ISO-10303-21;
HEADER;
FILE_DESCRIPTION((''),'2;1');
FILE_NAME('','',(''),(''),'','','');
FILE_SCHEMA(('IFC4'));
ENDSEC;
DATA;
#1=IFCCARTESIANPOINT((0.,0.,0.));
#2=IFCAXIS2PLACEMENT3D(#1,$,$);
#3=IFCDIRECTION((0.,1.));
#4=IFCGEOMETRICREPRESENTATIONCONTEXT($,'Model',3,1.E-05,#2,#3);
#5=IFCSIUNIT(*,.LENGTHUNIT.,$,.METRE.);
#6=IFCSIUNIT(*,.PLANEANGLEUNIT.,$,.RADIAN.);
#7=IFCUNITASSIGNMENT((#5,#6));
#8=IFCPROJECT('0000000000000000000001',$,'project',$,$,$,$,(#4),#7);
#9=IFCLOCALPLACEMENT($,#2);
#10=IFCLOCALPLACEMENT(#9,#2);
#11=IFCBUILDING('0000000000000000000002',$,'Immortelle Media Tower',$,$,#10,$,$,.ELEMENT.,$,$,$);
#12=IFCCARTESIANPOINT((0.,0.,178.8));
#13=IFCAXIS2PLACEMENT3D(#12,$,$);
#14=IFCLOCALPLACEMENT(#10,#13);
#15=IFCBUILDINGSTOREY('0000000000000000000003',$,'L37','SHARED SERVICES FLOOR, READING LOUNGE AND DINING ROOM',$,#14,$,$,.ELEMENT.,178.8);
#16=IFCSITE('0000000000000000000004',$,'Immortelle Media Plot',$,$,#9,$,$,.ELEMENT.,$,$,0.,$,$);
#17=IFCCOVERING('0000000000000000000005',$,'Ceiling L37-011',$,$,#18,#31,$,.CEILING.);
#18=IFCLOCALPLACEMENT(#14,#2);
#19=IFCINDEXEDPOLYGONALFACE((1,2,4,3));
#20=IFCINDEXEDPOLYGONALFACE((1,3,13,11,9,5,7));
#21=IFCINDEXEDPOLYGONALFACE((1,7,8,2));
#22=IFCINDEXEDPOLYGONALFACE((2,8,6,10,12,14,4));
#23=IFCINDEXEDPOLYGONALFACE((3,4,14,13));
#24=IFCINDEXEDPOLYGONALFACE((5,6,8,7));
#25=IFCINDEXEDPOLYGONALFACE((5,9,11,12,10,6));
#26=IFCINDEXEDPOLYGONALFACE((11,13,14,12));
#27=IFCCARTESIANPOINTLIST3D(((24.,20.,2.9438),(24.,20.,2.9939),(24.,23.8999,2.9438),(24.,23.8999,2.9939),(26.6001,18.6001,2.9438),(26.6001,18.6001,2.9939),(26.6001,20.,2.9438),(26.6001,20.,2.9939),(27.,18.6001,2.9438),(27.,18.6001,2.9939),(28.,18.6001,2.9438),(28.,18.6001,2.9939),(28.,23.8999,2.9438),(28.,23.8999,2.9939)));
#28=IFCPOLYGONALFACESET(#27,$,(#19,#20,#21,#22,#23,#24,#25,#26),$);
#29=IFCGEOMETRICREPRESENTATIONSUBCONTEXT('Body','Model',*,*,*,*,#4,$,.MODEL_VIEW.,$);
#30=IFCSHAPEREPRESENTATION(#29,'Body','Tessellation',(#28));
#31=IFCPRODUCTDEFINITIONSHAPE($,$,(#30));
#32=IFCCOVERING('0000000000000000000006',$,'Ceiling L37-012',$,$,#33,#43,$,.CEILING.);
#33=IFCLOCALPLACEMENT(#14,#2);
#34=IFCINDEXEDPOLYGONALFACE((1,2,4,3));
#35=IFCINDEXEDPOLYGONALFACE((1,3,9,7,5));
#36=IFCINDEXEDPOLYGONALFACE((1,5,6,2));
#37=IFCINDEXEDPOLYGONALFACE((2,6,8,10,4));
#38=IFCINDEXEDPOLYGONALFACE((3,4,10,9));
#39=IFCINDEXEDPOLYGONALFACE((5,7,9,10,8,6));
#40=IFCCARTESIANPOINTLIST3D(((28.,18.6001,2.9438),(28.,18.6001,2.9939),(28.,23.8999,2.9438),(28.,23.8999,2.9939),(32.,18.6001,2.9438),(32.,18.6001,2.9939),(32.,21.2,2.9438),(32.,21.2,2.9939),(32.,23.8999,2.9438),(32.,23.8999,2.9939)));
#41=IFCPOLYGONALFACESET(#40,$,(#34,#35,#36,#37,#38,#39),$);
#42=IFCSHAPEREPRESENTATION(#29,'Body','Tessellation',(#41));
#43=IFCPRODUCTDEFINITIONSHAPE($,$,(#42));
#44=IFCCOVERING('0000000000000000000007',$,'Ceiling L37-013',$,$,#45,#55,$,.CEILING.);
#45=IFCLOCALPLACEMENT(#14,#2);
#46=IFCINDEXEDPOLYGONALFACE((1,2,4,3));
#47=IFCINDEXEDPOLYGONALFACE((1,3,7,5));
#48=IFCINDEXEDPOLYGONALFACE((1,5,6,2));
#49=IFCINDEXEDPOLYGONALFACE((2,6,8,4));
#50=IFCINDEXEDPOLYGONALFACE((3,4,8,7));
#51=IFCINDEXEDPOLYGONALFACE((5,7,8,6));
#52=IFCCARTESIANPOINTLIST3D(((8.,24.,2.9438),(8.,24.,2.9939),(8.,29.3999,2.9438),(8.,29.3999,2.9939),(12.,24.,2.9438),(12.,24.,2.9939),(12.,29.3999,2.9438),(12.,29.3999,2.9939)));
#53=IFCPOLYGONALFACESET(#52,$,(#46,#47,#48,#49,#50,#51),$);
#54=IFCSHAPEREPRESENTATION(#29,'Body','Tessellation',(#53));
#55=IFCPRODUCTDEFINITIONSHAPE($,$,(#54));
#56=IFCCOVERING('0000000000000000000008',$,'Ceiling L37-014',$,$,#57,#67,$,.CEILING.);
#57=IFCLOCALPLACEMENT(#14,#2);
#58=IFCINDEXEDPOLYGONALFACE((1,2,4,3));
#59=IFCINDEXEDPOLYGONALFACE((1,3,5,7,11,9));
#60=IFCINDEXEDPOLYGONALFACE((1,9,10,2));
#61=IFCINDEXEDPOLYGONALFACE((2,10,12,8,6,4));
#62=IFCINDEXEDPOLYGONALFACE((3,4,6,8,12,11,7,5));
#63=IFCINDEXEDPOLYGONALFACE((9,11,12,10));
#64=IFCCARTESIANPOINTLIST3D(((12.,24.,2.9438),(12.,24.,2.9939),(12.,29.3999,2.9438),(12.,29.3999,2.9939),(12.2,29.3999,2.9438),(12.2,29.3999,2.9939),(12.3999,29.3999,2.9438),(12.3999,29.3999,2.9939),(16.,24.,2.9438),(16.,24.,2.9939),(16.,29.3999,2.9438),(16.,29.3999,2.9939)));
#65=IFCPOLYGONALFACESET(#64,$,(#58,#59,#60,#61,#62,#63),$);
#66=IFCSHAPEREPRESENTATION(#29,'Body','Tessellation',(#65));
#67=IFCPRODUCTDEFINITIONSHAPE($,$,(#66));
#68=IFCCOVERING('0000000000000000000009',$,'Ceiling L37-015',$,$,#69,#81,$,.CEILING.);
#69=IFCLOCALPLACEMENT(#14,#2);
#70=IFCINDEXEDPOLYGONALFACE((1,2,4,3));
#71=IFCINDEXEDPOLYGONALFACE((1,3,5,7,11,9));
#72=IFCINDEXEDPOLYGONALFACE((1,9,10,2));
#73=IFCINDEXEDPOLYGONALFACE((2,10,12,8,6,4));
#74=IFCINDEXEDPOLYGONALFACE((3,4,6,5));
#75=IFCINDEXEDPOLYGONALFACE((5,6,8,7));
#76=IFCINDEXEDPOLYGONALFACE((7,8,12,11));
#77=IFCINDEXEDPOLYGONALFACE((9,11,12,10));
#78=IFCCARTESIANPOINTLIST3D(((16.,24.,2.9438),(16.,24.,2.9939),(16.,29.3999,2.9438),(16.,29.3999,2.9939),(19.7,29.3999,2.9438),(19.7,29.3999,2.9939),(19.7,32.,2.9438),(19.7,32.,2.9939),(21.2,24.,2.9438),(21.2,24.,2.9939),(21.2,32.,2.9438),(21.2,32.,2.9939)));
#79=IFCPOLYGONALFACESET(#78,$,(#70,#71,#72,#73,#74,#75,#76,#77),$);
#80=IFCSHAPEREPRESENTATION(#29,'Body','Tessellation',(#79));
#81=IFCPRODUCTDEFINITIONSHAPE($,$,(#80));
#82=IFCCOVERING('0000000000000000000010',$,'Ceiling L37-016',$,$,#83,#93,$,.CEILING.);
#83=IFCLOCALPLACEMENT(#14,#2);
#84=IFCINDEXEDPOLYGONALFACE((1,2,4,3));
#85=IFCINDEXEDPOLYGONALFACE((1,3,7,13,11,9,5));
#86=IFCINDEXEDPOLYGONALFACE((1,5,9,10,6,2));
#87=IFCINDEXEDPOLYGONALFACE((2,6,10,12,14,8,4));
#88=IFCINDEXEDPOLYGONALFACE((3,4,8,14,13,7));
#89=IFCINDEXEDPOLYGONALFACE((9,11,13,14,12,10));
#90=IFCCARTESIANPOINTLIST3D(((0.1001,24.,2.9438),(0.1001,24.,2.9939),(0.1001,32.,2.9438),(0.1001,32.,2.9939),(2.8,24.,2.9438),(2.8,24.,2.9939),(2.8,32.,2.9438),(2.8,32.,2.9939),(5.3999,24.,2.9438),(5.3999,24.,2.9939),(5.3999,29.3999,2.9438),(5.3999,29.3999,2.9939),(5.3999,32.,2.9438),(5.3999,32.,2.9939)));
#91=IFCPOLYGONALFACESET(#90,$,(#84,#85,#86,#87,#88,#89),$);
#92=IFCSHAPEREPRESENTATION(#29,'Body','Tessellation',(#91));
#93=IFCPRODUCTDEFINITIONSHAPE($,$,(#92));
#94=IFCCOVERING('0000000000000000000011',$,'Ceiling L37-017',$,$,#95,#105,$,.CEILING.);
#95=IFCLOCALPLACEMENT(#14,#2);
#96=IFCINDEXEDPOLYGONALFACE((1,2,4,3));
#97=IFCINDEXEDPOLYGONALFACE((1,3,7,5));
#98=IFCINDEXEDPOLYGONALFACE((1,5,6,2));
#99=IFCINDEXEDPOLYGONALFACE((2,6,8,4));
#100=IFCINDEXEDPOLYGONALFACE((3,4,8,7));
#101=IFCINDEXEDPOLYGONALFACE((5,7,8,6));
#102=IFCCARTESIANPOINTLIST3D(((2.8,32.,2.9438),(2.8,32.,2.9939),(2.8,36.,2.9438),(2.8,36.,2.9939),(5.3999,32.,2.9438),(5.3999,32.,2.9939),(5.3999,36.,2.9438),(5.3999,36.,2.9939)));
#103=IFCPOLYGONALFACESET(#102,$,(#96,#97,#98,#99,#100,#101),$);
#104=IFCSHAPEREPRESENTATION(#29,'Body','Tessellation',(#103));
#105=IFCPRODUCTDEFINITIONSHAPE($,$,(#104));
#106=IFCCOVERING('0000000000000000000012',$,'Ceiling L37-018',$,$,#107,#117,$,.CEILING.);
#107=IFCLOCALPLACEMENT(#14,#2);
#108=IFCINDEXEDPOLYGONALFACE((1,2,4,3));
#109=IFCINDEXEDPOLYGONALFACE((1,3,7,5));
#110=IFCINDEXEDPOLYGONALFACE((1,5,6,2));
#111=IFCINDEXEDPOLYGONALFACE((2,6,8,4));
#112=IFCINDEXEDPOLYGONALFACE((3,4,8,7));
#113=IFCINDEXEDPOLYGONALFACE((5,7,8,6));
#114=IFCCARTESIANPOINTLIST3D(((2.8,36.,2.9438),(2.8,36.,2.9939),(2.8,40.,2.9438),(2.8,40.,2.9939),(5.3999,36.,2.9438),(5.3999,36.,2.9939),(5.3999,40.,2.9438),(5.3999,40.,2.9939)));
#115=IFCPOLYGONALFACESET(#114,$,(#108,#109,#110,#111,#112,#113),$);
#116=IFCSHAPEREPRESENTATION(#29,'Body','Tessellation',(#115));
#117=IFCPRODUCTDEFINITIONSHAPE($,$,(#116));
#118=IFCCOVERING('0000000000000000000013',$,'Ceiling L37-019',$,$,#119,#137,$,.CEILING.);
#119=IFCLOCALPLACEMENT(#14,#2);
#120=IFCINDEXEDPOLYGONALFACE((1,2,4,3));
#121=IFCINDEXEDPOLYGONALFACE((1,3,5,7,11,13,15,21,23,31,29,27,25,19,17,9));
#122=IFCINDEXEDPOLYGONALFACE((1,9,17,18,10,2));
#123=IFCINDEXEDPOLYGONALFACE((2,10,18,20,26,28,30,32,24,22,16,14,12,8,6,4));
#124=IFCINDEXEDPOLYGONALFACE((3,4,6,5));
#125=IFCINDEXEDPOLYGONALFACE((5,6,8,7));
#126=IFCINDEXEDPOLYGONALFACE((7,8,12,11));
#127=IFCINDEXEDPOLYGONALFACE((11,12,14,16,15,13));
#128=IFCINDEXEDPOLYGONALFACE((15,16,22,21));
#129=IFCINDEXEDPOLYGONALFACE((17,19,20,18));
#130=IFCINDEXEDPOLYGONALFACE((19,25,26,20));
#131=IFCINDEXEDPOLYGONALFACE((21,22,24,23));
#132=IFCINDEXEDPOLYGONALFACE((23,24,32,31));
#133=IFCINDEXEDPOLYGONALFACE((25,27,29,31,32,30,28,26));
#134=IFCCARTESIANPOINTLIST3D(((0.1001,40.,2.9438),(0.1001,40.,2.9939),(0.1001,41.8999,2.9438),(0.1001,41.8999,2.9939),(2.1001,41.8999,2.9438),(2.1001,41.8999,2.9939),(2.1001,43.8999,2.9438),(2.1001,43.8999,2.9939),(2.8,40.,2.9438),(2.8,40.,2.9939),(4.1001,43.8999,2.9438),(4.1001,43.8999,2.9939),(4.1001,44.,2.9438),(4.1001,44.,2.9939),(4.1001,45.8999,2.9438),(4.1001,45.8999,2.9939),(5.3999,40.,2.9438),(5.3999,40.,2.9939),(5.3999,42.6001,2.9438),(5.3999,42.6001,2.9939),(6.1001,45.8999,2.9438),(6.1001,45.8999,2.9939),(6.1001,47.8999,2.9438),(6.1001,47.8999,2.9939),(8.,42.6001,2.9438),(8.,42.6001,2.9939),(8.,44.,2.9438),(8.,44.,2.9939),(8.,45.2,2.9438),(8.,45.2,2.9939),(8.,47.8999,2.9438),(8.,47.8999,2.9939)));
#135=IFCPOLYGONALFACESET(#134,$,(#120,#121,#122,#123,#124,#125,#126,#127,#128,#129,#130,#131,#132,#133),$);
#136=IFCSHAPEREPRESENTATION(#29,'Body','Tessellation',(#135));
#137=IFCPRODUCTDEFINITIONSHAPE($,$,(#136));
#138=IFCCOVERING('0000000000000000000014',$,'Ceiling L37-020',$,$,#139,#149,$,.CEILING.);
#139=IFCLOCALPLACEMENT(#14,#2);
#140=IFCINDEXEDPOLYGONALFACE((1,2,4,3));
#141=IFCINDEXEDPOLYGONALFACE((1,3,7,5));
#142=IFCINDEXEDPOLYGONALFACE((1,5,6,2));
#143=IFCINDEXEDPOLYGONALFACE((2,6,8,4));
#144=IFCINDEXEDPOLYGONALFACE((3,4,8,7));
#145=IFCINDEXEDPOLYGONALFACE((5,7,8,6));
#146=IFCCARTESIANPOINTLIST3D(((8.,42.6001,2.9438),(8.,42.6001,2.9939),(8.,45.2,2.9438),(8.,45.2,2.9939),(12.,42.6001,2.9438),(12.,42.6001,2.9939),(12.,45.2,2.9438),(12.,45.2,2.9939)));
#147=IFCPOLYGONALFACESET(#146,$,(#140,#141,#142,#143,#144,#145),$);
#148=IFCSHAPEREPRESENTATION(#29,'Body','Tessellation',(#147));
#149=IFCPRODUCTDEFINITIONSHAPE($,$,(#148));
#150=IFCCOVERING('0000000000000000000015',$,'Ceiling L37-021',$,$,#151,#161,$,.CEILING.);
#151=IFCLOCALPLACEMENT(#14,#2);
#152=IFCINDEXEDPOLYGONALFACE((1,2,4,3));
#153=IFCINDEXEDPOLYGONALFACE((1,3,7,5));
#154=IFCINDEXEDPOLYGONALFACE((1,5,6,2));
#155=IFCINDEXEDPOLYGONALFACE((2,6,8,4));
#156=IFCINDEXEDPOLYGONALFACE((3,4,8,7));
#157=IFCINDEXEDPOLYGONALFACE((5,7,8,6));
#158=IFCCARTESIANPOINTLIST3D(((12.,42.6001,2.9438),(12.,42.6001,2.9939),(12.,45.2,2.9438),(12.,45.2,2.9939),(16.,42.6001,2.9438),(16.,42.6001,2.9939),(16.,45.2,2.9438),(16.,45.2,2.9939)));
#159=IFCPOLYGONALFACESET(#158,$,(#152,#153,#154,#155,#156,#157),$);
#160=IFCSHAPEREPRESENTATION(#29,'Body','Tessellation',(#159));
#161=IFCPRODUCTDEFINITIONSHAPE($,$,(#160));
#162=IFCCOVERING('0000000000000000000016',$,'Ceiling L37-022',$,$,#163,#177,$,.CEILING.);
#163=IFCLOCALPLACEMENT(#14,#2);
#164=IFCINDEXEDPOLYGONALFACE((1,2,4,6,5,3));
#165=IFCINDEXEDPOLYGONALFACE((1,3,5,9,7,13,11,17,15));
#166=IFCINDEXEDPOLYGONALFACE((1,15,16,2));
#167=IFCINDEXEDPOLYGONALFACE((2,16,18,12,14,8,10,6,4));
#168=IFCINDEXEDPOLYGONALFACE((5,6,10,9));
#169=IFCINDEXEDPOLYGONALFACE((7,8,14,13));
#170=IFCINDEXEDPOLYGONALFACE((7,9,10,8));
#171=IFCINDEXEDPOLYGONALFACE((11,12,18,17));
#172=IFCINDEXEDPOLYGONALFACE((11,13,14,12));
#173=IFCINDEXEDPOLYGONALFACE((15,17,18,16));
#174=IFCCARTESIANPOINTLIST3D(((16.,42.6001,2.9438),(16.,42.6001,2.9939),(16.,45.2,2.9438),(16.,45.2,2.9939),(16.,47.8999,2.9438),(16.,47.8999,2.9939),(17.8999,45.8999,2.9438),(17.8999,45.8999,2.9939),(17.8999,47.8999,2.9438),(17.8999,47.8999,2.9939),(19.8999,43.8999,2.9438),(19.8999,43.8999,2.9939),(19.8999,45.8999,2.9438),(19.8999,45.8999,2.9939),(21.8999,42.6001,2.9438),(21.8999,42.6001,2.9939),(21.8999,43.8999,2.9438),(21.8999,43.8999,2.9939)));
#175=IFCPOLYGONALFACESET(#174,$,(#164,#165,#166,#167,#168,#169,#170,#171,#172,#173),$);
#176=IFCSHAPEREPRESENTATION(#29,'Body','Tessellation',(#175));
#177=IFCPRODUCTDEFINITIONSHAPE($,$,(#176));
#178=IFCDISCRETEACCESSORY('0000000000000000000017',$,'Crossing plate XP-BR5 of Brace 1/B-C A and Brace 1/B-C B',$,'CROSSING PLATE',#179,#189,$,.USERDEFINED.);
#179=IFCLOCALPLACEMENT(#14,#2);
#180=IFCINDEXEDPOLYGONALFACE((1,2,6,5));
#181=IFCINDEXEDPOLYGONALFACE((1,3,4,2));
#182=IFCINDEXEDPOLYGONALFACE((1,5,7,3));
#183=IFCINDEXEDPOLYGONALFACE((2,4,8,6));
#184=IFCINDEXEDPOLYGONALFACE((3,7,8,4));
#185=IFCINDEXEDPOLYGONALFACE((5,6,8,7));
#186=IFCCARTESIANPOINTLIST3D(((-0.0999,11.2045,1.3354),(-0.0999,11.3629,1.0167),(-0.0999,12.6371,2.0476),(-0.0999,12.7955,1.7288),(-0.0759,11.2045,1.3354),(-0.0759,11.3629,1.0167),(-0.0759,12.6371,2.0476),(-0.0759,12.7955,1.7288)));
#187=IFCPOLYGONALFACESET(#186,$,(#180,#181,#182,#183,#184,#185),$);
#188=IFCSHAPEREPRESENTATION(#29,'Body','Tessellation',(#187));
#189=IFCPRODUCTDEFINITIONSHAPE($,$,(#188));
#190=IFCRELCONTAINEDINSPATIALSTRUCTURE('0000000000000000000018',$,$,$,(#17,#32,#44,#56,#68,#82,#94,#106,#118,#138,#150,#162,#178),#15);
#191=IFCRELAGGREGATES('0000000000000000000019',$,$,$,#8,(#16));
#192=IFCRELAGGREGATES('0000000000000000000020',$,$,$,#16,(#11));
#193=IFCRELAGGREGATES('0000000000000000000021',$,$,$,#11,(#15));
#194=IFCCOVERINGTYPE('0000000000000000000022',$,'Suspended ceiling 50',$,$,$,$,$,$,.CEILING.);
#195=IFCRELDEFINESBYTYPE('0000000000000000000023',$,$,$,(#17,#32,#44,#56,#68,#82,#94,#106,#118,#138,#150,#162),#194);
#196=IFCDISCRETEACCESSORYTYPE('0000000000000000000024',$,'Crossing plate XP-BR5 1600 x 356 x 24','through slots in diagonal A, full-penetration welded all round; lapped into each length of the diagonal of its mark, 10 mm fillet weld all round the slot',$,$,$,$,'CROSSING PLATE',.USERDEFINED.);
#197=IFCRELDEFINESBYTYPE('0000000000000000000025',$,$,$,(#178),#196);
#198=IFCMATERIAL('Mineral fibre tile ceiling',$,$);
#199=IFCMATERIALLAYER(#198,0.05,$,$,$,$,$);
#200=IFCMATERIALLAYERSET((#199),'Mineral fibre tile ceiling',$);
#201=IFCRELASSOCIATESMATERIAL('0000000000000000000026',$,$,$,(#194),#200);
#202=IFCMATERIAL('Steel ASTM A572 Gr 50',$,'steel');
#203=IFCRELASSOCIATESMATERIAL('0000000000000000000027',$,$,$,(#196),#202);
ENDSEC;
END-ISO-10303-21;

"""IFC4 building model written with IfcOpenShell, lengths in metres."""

from ifc_helpers import new_model, si_unit, direction, frame, origin, origin_2d, place, context, subcontext, project, spatial, polyline, rectangle, outline, extrude, material, layer, layer_set, material_profile, profile_set, type_object, element, save


model = new_model("IFC4")

# Units and contexts
model_context = context("Model", 3, precision=1e-05, world=origin(), true_north=direction((0.0, 1.0)))
body_context = subcontext(model_context, "Body", "Model", "MODEL_VIEW")
ifc_project = project(units=[si_unit("LENGTHUNIT", "METRE"), si_unit("PLANEANGLEUNIT", "RADIAN")], contexts=[model_context])

# Site, building, storey
site_placement = place(None, origin())
site = spatial("IfcSite", under=ifc_project, at=site_placement, Name="Immortelle Media Plot", CompositionType="ELEMENT", RefElevation=0.0)
building_placement = place(site_placement, origin())
building = spatial("IfcBuilding", under=site, at=building_placement, Name="Immortelle Media Tower", CompositionType="ELEMENT")
storey_placement = place(building_placement, frame((0.0, 0.0, 178.8)))
storey = spatial("IfcBuildingStorey", under=building, at=storey_placement, Name="L37", Description="SHARED SERVICES FLOOR, READING LOUNGE AND DINING ROOM", CompositionType="ELEMENT", Elevation=178.8)

# Coverings
ifc_material_1 = material(Name="Mineral fibre tile ceiling")
ifc_layer = layer(ifc_material_1, 0.05)
ifc_layer_set = layer_set([ifc_layer], Name="Mineral fibre tile ceiling")
covering_type = type_object("IfcCoveringType", Name="Suspended ceiling 50", PredefinedType="CEILING", material=ifc_layer_set)
covering_1_placement = place(storey_placement, frame((0.0, 0.0, 2.9438)))
element("IfcCovering", 1, at=covering_1_placement, inside=storey, type_object=covering_type, Name="Ceiling L37-011", PredefinedType="CEILING", context=body_context, shape_type="SweptSolid", body=[
    extrude(outline(polyline([(26.6001, 18.6001), (26.6001, 20.0), (24.0, 20.0), (24.0, 23.8999), (28.0, 23.8999), (28.0, 18.6001), (27.0, 18.6001), (26.6001, 18.6001)])), origin(), (0.0, 0.0, 1.0), 0.05),
])
covering_2_placement = place(storey_placement, frame((0.0, 0.0, 2.9438)))
element("IfcCovering", 2, at=covering_2_placement, inside=storey, type_object=covering_type, Name="Ceiling L37-012", PredefinedType="CEILING", context=body_context, shape_type="SweptSolid", body=[
    extrude(outline(polyline([(32.0, 23.8999), (32.0, 21.2), (32.0, 18.6001), (28.0, 18.6001), (28.0, 23.8999), (32.0, 23.8999)])), origin(), (0.0, 0.0, 1.0), 0.05),
])
covering_3_placement = place(storey_placement, frame((0.0, 0.0, 2.9438)))
element("IfcCovering", 3, at=covering_3_placement, inside=storey, type_object=covering_type, Name="Ceiling L37-013", PredefinedType="CEILING", context=body_context, shape_type="SweptSolid", body=[
    extrude(outline(polyline([(8.0, 29.3999), (12.0, 29.3999), (12.0, 24.0), (8.0, 24.0), (8.0, 29.3999)])), origin(), (0.0, 0.0, 1.0), 0.05),
])
covering_4_placement = place(storey_placement, frame((0.0, 0.0, 2.9438)))
element("IfcCovering", 4, at=covering_4_placement, inside=storey, type_object=covering_type, Name="Ceiling L37-014", PredefinedType="CEILING", context=body_context, shape_type="SweptSolid", body=[
    extrude(outline(polyline([(12.2, 29.3999), (12.3999, 29.3999), (16.0, 29.3999), (16.0, 24.0), (12.0, 24.0), (12.0, 29.3999), (12.2, 29.3999)])), origin(), (0.0, 0.0, 1.0), 0.05),
])
covering_5_placement = place(storey_placement, frame((0.0, 0.0, 2.9438)))
element("IfcCovering", 5, at=covering_5_placement, inside=storey, type_object=covering_type, Name="Ceiling L37-015", PredefinedType="CEILING", context=body_context, shape_type="SweptSolid", body=[
    extrude(outline(polyline([(16.0, 24.0), (16.0, 29.3999), (19.7, 29.3999), (19.7, 32.0), (21.2, 32.0), (21.2, 24.0), (16.0, 24.0)])), origin(), (0.0, 0.0, 1.0), 0.05),
])
covering_6_placement = place(storey_placement, frame((0.0, 0.0, 2.9438)))
element("IfcCovering", 6, at=covering_6_placement, inside=storey, type_object=covering_type, Name="Ceiling L37-016", PredefinedType="CEILING", context=body_context, shape_type="SweptSolid", body=[
    extrude(outline(polyline([(5.3999, 29.3999), (5.3999, 24.0), (2.8, 24.0), (0.1001, 24.0), (0.1001, 32.0), (2.8, 32.0), (5.3999, 32.0), (5.3999, 29.3999)])), origin(), (0.0, 0.0, 1.0), 0.05),
])
covering_7_placement = place(storey_placement, frame((0.0, 0.0, 2.9438)))
element("IfcCovering", 7, at=covering_7_placement, inside=storey, type_object=covering_type, Name="Ceiling L37-017", PredefinedType="CEILING", context=body_context, shape_type="SweptSolid", body=[
    extrude(outline(polyline([(5.3999, 32.0), (2.8, 32.0), (2.8, 36.0), (5.3999, 36.0), (5.3999, 32.0)])), origin(), (0.0, 0.0, 1.0), 0.05),
])
covering_8_placement = place(storey_placement, frame((0.0, 0.0, 2.9438)))
element("IfcCovering", 8, at=covering_8_placement, inside=storey, type_object=covering_type, Name="Ceiling L37-018", PredefinedType="CEILING", context=body_context, shape_type="SweptSolid", body=[
    extrude(outline(polyline([(2.8, 40.0), (5.3999, 40.0), (5.3999, 36.0), (2.8, 36.0), (2.8, 40.0)])), origin(), (0.0, 0.0, 1.0), 0.05),
])
covering_9_placement = place(storey_placement, frame((0.0, 0.0, 2.9438)))
element("IfcCovering", 9, at=covering_9_placement, inside=storey, type_object=covering_type, Name="Ceiling L37-019", PredefinedType="CEILING", context=body_context, shape_type="SweptSolid", body=[
    extrude(outline(polyline([(2.8, 40.0), (0.1001, 40.0), (0.1001, 41.8999), (2.1001, 41.8999), (2.1001, 43.8999), (4.1001, 43.8999), (4.1001, 44.0), (4.1001, 45.8999), (6.1001, 45.8999), (6.1001, 47.8999), (8.0, 47.8999), (8.0, 45.2), (8.0, 44.0), (8.0, 42.6001), (5.3999, 42.6001), (5.3999, 40.0), (2.8, 40.0)])), origin(), (0.0, 0.0, 1.0), 0.05),
])
covering_10_placement = place(storey_placement, frame((0.0, 0.0, 2.9438)))
element("IfcCovering", 10, at=covering_10_placement, inside=storey, type_object=covering_type, Name="Ceiling L37-020", PredefinedType="CEILING", context=body_context, shape_type="SweptSolid", body=[
    extrude(outline(polyline([(8.0, 45.2), (12.0, 45.2), (12.0, 42.6001), (8.0, 42.6001), (8.0, 45.2)])), origin(), (0.0, 0.0, 1.0), 0.05),
])
covering_11_placement = place(storey_placement, frame((0.0, 0.0, 2.9438)))
element("IfcCovering", 11, at=covering_11_placement, inside=storey, type_object=covering_type, Name="Ceiling L37-021", PredefinedType="CEILING", context=body_context, shape_type="SweptSolid", body=[
    extrude(outline(polyline([(16.0, 45.2), (16.0, 42.6001), (12.0, 42.6001), (12.0, 45.2), (16.0, 45.2)])), origin(), (0.0, 0.0, 1.0), 0.05),
])
covering_12_placement = place(storey_placement, frame((0.0, 0.0, 2.9438)))
element("IfcCovering", 12, at=covering_12_placement, inside=storey, type_object=covering_type, Name="Ceiling L37-022", PredefinedType="CEILING", context=body_context, shape_type="SweptSolid", body=[
    extrude(outline(polyline([(17.8999, 45.8999), (19.8999, 45.8999), (19.8999, 43.8999), (21.8999, 43.8999), (21.8999, 42.6001), (16.0, 42.6001), (16.0, 45.2), (16.0, 47.8999), (17.8999, 47.8999), (17.8999, 45.8999)])), origin(), (0.0, 0.0, 1.0), 0.05),
])

# Discrete accessory
ifc_material_2 = material(Name="Steel ASTM A572 Gr 50", Category="steel")
ifc_material_profile_1 = material_profile(ifc_material_2, rectangle(XDim=0.0239, YDim=0.356, at=origin_2d()), Name="PL 24 x 356")
ifc_profile_set_1 = profile_set([ifc_material_profile_1], Name="Steel ASTM A572 Gr 50")
discrete_accessory_type_1 = type_object("IfcDiscreteAccessoryType", Name="Crossing plate XP-BR5 1600 x 356 x 24", Description="through slots in diagonal A, full-penetration welded all round; lapped into each length of the diagonal of its mark, 10 mm fillet weld all round the slot", ElementType="CROSSING PLATE", PredefinedType="USERDEFINED", material=ifc_profile_set_1)
discrete_accessory_placement = place(storey_placement, frame((-0.0879, 12.7163, 1.8882), z_axis=(0.0, -0.895462, -0.445137), x_axis=(1.0, 0.0, 0.0)))
element("IfcDiscreteAccessory", 13, at=discrete_accessory_placement, inside=storey, type_object=discrete_accessory_type_1, Name="Crossing plate XP-BR5 of Brace 1/B-C A and Brace 1/B-C B", ObjectType="CROSSING PLATE", PredefinedType="USERDEFINED", context=body_context, shape_type="SweptSolid", body=[
    extrude(rectangle(XDim=0.0239, YDim=0.356, at=origin_2d()), origin(), (0.0, 0.0, 1.0), 1.5999),
])

save(model, "model.ifc")
